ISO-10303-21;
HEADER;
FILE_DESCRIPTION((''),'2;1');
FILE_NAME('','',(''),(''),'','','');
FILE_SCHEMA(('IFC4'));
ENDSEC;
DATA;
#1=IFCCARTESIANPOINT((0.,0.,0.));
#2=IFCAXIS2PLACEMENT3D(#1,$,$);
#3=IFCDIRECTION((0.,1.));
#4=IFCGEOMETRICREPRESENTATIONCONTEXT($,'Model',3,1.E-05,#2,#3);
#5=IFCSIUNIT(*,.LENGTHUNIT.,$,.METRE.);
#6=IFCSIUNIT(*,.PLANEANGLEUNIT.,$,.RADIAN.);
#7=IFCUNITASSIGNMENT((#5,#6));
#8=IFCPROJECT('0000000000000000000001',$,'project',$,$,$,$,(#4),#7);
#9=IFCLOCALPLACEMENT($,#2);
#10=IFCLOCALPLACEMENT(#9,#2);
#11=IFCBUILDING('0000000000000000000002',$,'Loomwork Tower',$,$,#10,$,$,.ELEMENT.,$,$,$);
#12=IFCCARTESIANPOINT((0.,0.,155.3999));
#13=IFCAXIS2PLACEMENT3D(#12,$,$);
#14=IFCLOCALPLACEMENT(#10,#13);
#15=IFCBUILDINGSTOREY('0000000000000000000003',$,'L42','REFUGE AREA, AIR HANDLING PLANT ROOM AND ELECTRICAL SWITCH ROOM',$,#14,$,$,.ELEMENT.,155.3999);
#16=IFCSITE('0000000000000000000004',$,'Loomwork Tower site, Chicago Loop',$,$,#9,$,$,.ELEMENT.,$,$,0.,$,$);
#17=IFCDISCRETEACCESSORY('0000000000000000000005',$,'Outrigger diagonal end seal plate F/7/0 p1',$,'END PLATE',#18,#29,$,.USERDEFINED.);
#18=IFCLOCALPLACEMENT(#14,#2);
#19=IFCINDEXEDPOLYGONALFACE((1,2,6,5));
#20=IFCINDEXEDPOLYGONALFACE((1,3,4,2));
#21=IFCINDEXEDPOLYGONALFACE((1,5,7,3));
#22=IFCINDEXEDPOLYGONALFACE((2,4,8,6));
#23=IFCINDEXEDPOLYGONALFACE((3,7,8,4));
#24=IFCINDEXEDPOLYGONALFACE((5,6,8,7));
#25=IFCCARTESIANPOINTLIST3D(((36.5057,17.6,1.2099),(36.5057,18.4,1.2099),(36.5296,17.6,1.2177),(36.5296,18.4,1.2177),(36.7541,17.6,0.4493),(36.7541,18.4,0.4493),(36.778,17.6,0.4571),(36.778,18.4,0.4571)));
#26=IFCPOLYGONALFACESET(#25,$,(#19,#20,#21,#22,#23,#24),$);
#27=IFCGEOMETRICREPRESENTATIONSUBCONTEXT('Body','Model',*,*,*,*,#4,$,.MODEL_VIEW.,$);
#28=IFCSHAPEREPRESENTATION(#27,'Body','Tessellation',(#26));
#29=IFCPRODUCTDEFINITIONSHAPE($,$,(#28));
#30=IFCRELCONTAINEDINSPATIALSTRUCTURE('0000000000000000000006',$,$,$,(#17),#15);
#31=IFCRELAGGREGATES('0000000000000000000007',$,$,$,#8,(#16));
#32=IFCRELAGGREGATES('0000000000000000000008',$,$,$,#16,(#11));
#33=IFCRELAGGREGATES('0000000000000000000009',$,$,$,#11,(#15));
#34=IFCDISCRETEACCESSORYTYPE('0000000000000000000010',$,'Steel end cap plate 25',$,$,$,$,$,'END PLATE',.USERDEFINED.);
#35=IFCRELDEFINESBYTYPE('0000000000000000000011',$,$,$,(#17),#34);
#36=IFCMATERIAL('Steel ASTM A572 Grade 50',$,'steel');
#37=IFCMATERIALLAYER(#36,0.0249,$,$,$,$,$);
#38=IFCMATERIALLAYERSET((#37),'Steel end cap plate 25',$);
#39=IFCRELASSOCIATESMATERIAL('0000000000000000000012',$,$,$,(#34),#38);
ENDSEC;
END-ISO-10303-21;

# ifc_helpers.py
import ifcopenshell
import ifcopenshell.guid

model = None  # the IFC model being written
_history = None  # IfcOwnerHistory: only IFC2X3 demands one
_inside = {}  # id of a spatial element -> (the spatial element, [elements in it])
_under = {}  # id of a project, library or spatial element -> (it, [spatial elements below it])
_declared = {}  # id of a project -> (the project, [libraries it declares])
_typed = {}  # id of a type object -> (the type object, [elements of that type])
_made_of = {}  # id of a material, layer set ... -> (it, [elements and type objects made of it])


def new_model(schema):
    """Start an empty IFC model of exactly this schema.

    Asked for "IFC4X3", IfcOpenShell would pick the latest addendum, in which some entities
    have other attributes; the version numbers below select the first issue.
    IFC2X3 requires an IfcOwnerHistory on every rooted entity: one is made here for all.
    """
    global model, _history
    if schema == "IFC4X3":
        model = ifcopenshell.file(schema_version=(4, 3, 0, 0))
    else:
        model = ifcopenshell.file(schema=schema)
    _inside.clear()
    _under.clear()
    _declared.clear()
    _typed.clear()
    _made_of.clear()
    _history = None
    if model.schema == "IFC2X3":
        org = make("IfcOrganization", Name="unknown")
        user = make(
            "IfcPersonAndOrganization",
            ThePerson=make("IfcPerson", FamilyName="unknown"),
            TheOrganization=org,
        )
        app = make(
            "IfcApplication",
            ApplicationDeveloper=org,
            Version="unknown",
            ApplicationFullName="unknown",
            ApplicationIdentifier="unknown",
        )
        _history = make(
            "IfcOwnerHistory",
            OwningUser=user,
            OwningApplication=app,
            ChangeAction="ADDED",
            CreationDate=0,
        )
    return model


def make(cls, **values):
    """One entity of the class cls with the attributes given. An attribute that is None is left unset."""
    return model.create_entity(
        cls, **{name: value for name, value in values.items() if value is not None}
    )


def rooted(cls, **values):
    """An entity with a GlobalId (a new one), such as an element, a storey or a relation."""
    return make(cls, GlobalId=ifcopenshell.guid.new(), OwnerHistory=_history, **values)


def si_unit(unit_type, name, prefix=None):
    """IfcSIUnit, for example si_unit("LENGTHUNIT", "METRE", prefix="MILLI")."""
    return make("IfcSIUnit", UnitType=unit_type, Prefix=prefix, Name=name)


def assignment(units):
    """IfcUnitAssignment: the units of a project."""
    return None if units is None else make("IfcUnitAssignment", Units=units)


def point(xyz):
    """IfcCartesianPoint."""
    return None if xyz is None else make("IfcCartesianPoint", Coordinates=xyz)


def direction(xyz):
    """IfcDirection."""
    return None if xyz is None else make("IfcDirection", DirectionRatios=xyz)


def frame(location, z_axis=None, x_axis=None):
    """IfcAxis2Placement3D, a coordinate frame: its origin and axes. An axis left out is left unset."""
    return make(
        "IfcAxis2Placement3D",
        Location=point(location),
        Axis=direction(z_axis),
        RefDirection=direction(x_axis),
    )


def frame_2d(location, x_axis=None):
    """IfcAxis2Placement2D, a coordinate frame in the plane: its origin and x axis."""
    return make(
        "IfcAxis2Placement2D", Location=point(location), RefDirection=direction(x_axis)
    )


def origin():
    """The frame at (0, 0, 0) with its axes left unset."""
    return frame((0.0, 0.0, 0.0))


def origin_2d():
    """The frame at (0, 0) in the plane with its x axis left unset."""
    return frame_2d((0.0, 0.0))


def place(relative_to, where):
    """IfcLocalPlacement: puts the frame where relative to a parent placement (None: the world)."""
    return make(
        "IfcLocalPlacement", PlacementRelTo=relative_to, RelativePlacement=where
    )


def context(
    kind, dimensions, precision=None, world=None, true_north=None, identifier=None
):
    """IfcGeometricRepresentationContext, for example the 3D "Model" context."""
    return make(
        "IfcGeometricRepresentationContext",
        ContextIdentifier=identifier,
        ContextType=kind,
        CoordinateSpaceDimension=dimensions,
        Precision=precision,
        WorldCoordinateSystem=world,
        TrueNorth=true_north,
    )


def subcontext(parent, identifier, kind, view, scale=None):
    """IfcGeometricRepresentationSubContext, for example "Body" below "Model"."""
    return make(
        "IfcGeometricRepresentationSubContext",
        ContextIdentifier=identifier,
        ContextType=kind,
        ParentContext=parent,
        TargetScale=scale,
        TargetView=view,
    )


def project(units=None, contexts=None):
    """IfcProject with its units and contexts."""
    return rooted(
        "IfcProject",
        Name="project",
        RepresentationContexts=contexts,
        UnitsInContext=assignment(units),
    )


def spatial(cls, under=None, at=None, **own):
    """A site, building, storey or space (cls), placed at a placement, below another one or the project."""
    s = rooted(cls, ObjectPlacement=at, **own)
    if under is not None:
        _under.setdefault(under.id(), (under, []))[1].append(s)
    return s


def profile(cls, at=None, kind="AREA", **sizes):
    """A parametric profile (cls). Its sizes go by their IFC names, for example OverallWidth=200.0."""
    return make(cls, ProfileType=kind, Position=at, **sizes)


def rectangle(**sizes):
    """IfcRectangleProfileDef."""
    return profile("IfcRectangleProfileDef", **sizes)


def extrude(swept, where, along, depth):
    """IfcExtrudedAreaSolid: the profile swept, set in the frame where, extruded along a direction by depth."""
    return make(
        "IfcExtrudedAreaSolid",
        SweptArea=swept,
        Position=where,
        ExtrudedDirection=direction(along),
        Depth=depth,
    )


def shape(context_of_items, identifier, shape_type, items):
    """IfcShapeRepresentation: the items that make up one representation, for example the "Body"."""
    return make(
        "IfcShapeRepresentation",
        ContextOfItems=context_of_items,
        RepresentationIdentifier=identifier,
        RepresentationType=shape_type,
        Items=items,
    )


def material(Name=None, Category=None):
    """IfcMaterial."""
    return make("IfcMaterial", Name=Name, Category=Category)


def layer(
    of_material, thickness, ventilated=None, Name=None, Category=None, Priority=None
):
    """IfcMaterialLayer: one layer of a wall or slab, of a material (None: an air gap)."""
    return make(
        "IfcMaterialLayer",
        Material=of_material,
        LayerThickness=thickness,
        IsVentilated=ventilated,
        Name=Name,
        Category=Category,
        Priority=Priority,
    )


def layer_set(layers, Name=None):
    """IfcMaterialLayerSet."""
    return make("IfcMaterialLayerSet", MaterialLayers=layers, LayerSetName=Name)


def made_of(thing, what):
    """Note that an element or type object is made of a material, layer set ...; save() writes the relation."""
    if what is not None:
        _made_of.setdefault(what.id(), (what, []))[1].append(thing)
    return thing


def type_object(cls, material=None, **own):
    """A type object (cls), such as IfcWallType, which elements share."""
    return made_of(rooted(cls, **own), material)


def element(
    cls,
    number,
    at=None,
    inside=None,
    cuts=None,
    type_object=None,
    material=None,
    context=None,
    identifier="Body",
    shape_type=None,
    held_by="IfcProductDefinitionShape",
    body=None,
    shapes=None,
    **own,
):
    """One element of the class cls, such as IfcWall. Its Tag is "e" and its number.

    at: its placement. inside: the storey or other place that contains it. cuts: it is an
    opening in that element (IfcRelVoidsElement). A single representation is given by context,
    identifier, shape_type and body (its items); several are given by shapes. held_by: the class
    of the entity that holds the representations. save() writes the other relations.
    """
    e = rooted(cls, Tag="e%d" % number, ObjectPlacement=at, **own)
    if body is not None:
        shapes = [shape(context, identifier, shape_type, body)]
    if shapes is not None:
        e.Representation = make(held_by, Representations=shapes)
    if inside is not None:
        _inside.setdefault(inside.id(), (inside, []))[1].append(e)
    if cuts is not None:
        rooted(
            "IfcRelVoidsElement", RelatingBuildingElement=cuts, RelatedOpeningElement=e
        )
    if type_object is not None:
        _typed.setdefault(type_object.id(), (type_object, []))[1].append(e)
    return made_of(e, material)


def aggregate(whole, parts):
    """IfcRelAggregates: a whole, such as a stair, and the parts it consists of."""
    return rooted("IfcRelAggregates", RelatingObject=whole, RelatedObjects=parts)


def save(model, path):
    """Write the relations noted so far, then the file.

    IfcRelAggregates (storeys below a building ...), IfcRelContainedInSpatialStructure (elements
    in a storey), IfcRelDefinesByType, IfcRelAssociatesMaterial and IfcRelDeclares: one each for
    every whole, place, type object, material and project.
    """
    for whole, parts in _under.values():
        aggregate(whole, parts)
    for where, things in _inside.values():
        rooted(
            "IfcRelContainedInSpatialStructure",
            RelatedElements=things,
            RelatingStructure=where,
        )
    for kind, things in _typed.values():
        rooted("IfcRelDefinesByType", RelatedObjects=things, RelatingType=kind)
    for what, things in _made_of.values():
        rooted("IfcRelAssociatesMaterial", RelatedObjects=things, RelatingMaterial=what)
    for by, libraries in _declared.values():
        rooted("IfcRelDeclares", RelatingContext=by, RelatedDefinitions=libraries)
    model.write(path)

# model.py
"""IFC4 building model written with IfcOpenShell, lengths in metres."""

from ifc_helpers import new_model, si_unit, direction, frame, origin, origin_2d, place, context, subcontext, project, spatial, rectangle, extrude, material, layer, layer_set, type_object, element, save


model = new_model("IFC4")

# Units and contexts
model_context = context("Model", 3, precision=1e-05, world=origin(), true_north=direction((0.0, 1.0)))
body_context = subcontext(model_context, "Body", "Model", "MODEL_VIEW")
ifc_project = project(units=[si_unit("LENGTHUNIT", "METRE"), si_unit("PLANEANGLEUNIT", "RADIAN")], contexts=[model_context])

# Site, building, storey
site_placement = place(None, origin())
site = spatial("IfcSite", under=ifc_project, at=site_placement, Name="Loomwork Tower site, Chicago Loop", CompositionType="ELEMENT", RefElevation=0.0)
building_placement = place(site_placement, origin())
building = spatial("IfcBuilding", under=site, at=building_placement, Name="Loomwork Tower", CompositionType="ELEMENT")
storey_placement = place(building_placement, frame((0.0, 0.0, 155.3999)))
storey = spatial("IfcBuildingStorey", under=building, at=storey_placement, Name="L42", Description="REFUGE AREA, AIR HANDLING PLANT ROOM AND ELECTRICAL SWITCH ROOM", CompositionType="ELEMENT", Elevation=155.3999)

# Discrete accessory
ifc_material_1 = material(Name="Steel ASTM A572 Grade 50", Category="steel")
ifc_layer_1 = layer(ifc_material_1, 0.0249)
ifc_layer_set_1 = layer_set([ifc_layer_1], Name="Steel end cap plate 25")
discrete_accessory_type = type_object("IfcDiscreteAccessoryType", Name="Steel end cap plate 25", ElementType="END PLATE", PredefinedType="USERDEFINED", material=ifc_layer_set_1)
discrete_accessory_1_placement = place(storey_placement, frame((36.6538, 18.0, 0.8374), z_axis=(-0.950605, 0.0, -0.310402), x_axis=(0.0, -1.0, 0.0)))
element("IfcDiscreteAccessory", 1, at=discrete_accessory_1_placement, inside=storey, type_object=discrete_accessory_type, Name="Outrigger diagonal end seal plate F/7/0 p1", ObjectType="END PLATE", PredefinedType="USERDEFINED", context=body_context, shape_type="SweptSolid", body=[
    extrude(rectangle(XDim=0.8, YDim=0.8, at=origin_2d()), origin(), (0.0, 0.0, 1.0), 0.0251),
])

save(model, "model.ifc")
